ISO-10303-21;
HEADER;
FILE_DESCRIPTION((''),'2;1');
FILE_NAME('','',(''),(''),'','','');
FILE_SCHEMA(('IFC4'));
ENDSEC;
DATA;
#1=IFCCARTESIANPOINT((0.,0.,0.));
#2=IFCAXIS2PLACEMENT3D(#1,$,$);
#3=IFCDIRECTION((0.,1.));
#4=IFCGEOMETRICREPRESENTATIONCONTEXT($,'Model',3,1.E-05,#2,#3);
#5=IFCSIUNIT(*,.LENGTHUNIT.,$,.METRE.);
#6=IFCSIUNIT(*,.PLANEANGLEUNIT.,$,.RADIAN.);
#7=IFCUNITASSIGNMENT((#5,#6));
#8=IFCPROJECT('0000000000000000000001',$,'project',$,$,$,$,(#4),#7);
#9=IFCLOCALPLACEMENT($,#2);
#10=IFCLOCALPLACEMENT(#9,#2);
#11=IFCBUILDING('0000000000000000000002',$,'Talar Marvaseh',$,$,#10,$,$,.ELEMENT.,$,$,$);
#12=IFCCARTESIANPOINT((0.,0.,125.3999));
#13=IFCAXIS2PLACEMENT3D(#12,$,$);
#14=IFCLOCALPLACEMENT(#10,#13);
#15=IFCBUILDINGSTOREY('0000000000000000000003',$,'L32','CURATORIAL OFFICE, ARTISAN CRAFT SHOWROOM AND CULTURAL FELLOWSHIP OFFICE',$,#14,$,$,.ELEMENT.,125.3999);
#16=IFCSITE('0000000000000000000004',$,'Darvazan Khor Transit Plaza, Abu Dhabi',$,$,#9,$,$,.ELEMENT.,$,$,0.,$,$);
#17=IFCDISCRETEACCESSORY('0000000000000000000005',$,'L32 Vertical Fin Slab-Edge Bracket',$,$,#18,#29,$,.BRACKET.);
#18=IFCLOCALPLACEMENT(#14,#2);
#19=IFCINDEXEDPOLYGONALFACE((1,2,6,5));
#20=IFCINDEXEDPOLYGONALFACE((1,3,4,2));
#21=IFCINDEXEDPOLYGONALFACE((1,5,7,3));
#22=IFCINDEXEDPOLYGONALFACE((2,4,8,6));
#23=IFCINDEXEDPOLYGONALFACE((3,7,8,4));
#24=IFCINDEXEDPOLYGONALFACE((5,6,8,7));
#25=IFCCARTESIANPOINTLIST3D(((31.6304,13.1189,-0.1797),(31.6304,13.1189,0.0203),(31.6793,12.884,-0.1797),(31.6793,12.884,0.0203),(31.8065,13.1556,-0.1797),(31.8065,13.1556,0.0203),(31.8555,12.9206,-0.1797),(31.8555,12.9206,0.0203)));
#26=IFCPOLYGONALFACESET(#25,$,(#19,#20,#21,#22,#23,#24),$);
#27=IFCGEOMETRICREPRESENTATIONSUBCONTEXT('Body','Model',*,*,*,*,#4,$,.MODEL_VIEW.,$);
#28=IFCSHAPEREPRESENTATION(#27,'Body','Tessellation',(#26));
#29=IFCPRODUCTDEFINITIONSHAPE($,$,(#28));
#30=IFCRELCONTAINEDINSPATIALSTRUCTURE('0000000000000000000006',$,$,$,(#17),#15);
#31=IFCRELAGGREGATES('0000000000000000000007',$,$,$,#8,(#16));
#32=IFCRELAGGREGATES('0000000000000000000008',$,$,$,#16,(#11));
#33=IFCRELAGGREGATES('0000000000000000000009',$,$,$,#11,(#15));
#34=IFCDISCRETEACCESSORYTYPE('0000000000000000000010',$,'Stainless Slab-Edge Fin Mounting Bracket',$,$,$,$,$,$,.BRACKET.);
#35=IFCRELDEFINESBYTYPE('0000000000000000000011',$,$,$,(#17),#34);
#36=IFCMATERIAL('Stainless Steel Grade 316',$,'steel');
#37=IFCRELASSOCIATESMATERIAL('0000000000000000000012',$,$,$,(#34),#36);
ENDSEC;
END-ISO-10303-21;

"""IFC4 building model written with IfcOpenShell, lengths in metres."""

from ifc_helpers import new_model, si_unit, direction, frame, origin, origin_2d, place, context, subcontext, project, spatial, rectangle, extrude, source, transform, mapped, material, type_object, type_shapes, element, save


model = new_model("IFC4")

# Units and contexts
model_context = context("Model", 3, precision=1e-05, world=origin(), true_north=direction((0.0, 1.0)))
body_context = subcontext(model_context, "Body", "Model", "MODEL_VIEW")
ifc_project = project(units=[si_unit("LENGTHUNIT", "METRE"), si_unit("PLANEANGLEUNIT", "RADIAN")], contexts=[model_context])

# Site, building, storey
site_placement = place(None, origin())
site = spatial("IfcSite", under=ifc_project, at=site_placement, Name="Darvazan Khor Transit Plaza, Abu Dhabi", CompositionType="ELEMENT", RefElevation=0.0)
building_placement = place(site_placement, origin())
building = spatial("IfcBuilding", under=site, at=building_placement, Name="Talar Marvaseh", CompositionType="ELEMENT")
storey_placement = place(building_placement, frame((0.0, 0.0, 125.3999)))
storey = spatial("IfcBuildingStorey", under=building, at=storey_placement, Name="L32", Description="CURATORIAL OFFICE, ARTISAN CRAFT SHOWROOM AND CULTURAL FELLOWSHIP OFFICE", CompositionType="ELEMENT", Elevation=125.3999)

# Discrete accessory
ifc_material_1 = material(Name="Stainless Steel Grade 316", Category="steel")
discrete_accessory_type = type_object("IfcDiscreteAccessoryType", Name="Stainless Slab-Edge Fin Mounting Bracket", PredefinedType="BRACKET", material=ifc_material_1)
shared_shape_1 = source(origin(), body_context, "Body", "SweptSolid", [
    extrude(rectangle(XDim=0.24, YDim=0.1799, at=origin_2d()), origin(), (0.0, 0.0, 1.0), 0.2),
])
type_shapes(discrete_accessory_type, [shared_shape_1])
discrete_accessory_placement = place(storey_placement, frame((31.7429, 13.0198, -0.1797), z_axis=(0.0, 0.0, 1.0), x_axis=(0.203813, -0.97901, 0.0)))
element("IfcDiscreteAccessory", 1, at=discrete_accessory_placement, inside=storey, type_object=discrete_accessory_type, Name="L32 Vertical Fin Slab-Edge Bracket", PredefinedType="BRACKET", context=body_context, shape_type="MappedRepresentation", body=[
    mapped(shared_shape_1, transform((0.0, 0.0, 0.0), x_axis=(1.0, 0.0, 0.0), y_axis=(0.0, 1.0, 0.0), z_axis=(0.0, 0.0, 1.0), scale=1.0)),
])

save(model, "model.ifc")
